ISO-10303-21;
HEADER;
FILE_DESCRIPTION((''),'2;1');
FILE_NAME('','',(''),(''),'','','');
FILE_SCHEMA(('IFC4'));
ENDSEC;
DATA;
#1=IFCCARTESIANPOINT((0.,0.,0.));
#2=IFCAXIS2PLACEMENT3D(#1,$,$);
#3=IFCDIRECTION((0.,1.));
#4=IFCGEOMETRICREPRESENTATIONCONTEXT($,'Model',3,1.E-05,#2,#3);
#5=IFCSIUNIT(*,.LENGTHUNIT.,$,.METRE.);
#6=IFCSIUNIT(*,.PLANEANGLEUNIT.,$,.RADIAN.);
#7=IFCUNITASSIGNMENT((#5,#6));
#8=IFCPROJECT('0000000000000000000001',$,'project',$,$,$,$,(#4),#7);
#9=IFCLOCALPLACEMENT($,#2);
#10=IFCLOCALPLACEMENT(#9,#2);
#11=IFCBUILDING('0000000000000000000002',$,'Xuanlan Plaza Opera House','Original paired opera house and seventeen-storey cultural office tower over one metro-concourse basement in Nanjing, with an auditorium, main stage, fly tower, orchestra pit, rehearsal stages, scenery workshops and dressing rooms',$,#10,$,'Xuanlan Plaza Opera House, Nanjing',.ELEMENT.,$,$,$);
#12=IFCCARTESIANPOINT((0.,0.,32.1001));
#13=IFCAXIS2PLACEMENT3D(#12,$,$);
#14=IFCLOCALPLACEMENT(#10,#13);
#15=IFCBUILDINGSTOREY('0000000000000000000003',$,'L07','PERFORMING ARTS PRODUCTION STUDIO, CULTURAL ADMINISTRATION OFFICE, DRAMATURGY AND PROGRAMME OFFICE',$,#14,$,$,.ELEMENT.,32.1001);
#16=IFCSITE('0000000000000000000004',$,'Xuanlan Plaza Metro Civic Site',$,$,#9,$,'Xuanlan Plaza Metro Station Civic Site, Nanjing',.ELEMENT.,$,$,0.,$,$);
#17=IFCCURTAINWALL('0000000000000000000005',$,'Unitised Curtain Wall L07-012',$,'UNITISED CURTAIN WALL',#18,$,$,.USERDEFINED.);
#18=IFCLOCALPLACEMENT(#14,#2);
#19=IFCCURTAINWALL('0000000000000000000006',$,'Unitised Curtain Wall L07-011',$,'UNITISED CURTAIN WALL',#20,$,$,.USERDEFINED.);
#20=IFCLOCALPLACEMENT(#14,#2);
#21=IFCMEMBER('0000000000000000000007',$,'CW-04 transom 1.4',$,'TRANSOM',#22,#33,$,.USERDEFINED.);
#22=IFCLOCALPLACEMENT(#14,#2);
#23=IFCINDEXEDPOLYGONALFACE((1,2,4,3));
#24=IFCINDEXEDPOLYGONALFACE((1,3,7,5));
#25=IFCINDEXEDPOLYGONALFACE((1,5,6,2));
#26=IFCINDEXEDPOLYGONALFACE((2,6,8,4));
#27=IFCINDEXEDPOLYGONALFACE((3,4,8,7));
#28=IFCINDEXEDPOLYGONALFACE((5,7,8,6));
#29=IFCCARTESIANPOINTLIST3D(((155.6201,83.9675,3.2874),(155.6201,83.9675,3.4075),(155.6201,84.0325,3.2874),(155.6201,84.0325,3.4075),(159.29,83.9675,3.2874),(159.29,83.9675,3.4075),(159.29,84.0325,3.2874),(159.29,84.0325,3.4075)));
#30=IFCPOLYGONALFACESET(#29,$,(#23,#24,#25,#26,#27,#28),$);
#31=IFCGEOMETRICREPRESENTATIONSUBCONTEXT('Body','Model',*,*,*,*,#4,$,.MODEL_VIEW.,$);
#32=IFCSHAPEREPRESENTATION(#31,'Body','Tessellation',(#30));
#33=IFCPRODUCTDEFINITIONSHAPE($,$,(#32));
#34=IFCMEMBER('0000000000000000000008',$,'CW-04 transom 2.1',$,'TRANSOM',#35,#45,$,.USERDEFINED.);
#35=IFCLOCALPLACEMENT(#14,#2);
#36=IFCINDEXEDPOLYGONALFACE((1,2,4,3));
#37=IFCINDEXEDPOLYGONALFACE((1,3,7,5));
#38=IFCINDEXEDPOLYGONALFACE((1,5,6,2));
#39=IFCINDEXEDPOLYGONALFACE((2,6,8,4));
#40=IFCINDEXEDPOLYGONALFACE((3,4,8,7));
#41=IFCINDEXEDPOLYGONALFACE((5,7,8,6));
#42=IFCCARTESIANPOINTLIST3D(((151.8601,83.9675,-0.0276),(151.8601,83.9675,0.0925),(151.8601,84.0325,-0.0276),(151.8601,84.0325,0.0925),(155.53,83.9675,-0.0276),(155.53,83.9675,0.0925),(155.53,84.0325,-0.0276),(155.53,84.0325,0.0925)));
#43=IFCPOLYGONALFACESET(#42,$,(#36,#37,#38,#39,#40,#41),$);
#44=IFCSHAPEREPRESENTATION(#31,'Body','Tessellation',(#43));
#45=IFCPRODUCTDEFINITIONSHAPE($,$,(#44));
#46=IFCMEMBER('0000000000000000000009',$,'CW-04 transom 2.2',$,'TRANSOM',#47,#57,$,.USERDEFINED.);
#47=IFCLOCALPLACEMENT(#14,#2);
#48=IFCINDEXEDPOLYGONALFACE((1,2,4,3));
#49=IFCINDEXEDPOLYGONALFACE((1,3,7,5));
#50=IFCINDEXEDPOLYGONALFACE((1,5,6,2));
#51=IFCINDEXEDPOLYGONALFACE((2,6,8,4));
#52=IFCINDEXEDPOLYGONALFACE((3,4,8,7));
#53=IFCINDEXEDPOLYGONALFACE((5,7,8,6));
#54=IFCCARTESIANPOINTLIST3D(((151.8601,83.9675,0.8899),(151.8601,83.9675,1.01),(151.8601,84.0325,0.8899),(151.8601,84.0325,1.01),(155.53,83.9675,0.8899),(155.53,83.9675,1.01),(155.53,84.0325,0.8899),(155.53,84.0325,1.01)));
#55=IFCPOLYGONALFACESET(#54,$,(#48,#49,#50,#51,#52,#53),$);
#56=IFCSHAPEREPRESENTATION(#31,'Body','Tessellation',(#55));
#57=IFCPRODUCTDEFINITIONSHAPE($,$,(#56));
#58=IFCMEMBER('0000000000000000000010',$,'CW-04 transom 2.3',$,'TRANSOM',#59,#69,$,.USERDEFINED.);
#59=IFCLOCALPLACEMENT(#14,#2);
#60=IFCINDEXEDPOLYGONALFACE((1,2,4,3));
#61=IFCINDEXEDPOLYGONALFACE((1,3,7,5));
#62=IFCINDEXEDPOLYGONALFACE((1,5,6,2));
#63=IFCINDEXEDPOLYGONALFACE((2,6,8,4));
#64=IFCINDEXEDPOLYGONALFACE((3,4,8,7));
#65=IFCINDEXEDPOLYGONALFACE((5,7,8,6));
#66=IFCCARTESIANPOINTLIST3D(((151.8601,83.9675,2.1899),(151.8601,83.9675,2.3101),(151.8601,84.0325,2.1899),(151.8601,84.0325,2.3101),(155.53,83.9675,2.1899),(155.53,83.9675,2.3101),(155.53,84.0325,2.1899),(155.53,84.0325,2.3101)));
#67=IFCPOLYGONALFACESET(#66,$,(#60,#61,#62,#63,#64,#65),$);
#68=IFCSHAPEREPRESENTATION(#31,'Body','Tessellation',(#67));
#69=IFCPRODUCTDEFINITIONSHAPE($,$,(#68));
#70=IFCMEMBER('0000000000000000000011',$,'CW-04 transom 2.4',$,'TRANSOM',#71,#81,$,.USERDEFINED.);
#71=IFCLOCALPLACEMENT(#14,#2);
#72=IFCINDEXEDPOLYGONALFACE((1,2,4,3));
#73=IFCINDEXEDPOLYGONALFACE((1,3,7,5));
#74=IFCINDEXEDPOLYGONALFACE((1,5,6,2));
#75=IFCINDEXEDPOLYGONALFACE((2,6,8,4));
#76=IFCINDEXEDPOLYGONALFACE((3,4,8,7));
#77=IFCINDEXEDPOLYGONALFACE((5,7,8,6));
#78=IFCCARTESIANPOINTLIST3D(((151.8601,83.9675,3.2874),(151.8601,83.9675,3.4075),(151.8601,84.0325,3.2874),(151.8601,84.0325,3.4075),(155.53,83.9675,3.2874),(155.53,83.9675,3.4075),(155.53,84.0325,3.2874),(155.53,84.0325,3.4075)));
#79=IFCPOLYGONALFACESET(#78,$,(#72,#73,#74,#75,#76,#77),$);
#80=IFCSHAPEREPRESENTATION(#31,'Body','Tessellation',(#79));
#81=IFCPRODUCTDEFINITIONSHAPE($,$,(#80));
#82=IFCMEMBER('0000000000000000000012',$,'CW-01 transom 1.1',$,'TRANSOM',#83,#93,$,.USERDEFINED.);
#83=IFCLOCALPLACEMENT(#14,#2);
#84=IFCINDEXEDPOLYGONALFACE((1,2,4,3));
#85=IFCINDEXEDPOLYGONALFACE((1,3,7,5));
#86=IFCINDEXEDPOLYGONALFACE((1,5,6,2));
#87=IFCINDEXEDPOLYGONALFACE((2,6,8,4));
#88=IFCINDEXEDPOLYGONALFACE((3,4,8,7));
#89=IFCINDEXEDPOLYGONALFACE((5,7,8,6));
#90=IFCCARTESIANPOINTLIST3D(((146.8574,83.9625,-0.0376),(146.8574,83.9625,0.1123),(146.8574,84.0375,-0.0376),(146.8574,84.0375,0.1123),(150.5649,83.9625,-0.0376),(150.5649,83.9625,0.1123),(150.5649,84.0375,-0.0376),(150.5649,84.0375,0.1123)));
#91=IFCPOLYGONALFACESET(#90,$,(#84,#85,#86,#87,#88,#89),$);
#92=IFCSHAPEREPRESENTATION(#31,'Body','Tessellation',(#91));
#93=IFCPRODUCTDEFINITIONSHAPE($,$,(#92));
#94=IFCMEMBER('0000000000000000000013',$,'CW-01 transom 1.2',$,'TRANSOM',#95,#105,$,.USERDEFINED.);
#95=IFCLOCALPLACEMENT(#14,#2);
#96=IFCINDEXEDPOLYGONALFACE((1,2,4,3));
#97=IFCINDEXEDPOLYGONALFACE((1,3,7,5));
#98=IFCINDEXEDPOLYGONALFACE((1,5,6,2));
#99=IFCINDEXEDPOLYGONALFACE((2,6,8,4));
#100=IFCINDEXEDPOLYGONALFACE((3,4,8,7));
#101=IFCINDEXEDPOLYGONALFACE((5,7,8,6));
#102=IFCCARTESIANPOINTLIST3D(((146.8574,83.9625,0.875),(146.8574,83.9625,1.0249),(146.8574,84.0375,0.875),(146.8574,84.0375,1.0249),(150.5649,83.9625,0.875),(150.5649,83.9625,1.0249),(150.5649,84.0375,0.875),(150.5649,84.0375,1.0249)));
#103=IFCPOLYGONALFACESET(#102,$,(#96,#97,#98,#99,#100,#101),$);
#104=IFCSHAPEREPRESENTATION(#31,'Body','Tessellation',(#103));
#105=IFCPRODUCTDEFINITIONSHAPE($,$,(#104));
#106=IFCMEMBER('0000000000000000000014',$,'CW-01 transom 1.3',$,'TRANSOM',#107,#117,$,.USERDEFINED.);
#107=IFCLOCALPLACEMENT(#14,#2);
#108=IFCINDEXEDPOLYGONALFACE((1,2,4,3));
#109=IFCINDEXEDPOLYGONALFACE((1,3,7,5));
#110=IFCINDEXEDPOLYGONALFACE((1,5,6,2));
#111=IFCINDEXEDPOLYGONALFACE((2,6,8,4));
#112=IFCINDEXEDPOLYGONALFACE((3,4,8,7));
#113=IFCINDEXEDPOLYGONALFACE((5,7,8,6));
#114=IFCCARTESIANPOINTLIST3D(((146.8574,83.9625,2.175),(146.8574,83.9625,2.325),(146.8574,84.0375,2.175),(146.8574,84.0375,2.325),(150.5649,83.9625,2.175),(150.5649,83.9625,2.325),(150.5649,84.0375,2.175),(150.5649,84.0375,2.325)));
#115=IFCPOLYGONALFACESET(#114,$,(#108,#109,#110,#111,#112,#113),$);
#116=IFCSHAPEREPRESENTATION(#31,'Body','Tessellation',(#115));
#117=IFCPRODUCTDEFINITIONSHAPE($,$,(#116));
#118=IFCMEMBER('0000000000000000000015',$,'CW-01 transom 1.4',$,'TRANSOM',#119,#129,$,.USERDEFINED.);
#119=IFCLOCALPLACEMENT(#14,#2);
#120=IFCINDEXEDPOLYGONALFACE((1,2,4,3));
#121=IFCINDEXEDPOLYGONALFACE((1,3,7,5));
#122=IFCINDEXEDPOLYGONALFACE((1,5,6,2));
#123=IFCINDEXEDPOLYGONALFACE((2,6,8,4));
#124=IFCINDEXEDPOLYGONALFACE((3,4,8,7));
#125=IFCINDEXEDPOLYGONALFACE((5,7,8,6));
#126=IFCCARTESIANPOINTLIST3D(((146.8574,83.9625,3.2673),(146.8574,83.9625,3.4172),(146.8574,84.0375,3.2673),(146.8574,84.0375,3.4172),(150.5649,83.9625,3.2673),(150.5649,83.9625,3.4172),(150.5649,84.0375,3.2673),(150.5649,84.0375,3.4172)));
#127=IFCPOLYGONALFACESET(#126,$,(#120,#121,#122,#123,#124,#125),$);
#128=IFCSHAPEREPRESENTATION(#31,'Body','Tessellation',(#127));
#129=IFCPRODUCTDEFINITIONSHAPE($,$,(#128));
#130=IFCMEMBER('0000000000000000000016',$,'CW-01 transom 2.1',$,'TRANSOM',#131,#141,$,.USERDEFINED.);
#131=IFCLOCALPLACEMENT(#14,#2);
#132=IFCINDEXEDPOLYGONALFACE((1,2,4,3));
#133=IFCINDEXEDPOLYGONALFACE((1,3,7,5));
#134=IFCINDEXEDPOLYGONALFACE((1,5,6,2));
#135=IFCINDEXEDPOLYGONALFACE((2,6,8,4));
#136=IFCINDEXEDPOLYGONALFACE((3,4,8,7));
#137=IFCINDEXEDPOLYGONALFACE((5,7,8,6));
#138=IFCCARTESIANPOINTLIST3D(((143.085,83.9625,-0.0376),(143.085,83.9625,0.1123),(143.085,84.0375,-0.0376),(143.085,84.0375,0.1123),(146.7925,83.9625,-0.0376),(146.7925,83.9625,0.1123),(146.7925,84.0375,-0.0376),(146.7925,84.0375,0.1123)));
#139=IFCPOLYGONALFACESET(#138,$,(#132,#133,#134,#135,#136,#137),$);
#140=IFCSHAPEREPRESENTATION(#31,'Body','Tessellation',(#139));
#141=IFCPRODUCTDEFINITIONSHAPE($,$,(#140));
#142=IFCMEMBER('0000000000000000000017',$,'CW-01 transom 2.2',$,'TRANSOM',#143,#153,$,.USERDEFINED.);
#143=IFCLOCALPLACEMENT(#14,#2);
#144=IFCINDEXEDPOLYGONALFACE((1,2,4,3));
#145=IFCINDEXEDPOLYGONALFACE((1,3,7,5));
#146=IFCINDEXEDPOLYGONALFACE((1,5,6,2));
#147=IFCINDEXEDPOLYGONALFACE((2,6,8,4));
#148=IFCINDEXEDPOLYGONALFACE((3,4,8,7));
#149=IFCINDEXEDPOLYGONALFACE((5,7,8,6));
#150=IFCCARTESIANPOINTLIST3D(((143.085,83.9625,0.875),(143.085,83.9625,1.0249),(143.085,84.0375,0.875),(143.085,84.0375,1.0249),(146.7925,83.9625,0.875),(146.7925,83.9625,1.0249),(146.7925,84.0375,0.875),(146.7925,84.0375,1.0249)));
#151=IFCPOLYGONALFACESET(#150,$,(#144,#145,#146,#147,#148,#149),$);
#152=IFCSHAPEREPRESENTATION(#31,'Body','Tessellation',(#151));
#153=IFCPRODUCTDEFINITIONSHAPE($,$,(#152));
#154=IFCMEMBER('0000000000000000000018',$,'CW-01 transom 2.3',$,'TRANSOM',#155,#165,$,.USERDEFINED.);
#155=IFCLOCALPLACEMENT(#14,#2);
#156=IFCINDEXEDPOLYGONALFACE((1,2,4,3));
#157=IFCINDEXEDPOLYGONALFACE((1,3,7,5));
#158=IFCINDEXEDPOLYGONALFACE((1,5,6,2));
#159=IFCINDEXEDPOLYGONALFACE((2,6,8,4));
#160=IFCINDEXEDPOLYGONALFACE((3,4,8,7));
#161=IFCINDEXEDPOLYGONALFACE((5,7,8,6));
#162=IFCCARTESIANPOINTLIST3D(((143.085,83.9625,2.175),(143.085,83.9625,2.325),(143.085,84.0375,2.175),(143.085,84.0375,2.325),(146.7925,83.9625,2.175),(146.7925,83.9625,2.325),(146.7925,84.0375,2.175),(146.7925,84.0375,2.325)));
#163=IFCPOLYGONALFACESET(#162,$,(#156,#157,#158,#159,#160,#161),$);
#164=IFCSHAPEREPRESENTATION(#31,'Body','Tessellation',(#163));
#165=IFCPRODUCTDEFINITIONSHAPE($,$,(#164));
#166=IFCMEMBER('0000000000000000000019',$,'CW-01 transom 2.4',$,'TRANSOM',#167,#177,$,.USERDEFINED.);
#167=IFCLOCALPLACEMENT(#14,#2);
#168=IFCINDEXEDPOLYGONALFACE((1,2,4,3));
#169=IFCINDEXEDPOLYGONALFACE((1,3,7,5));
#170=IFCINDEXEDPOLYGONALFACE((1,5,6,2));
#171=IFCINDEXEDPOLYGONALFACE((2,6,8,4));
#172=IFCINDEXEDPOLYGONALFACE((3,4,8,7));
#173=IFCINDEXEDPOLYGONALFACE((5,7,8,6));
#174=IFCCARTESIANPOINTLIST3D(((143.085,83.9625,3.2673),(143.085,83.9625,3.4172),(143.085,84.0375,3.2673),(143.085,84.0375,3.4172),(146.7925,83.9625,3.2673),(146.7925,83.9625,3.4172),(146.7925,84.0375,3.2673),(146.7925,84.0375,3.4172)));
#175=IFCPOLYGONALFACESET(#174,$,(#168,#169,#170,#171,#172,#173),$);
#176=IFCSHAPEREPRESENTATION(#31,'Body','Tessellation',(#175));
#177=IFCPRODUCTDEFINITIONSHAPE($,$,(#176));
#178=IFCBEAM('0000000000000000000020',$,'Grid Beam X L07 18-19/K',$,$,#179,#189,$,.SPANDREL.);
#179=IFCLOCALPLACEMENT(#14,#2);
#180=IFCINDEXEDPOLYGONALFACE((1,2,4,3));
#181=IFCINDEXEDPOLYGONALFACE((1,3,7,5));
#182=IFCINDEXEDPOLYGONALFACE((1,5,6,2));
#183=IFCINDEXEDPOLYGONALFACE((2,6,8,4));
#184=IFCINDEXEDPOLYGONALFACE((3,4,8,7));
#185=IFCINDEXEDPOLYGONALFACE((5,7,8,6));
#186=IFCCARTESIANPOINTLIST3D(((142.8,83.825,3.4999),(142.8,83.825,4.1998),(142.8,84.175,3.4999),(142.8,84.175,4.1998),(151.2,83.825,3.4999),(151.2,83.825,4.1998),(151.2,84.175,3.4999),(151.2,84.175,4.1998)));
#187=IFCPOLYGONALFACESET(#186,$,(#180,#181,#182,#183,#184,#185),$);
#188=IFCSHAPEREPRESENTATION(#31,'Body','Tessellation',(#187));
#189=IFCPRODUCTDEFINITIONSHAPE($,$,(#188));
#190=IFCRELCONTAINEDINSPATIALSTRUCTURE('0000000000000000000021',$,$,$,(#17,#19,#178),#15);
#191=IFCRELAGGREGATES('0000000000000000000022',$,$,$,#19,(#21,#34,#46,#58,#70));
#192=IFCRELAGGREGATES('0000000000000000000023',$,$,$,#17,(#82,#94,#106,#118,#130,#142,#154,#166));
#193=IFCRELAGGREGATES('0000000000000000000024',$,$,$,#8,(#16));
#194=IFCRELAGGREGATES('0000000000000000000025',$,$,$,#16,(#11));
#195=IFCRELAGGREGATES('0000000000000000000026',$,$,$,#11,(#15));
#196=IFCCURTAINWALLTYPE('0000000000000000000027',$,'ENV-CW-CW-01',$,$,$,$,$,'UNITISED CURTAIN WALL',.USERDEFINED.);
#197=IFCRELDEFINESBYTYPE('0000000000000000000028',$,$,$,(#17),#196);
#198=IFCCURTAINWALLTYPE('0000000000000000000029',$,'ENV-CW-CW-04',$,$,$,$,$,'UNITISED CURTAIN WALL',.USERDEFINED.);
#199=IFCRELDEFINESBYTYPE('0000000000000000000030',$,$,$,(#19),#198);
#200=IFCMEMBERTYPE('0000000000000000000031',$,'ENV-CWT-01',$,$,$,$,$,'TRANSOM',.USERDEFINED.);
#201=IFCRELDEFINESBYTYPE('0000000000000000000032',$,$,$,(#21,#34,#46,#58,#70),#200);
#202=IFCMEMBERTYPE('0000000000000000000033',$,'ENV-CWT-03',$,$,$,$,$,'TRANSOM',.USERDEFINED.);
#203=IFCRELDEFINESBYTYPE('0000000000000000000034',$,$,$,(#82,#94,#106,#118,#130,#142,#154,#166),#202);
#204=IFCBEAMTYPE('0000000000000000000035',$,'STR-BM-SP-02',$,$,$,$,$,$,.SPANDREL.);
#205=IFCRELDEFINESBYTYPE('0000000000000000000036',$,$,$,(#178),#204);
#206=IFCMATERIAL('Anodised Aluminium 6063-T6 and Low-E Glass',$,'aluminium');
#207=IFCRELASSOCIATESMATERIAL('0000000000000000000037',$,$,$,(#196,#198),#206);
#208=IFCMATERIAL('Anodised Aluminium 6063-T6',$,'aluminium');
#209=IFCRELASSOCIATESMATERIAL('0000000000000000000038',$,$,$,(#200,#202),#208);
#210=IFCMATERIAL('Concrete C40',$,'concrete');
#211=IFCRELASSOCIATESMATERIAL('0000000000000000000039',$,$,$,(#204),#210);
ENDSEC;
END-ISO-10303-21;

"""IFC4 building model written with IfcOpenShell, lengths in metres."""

from ifc_helpers import new_model, si_unit, direction, frame, origin, origin_2d, place, context, subcontext, project, spatial, rectangle, extrude, material, material_profile, profile_set, type_object, element, aggregate, save


model = new_model("IFC4")

# Units and contexts
model_context = context("Model", 3, precision=1e-05, world=origin(), true_north=direction((0.0, 1.0)))
body_context = subcontext(model_context, "Body", "Model", "MODEL_VIEW")
ifc_project = project(units=[si_unit("LENGTHUNIT", "METRE"), si_unit("PLANEANGLEUNIT", "RADIAN")], contexts=[model_context])

# Site, building, storey
site_placement = place(None, origin())
site = spatial("IfcSite", under=ifc_project, at=site_placement, Name="Xuanlan Plaza Metro Civic Site", LongName="Xuanlan Plaza Metro Station Civic Site, Nanjing", CompositionType="ELEMENT", RefElevation=0.0)
building_placement = place(site_placement, origin())
building = spatial("IfcBuilding", under=site, at=building_placement, Name="Xuanlan Plaza Opera House", Description="Original paired opera house and seventeen-storey cultural office tower over one metro-concourse basement in Nanjing, with an auditorium, main stage, fly tower, orchestra pit, rehearsal stages, scenery workshops and dressing rooms", LongName="Xuanlan Plaza Opera House, Nanjing", CompositionType="ELEMENT")
storey_placement = place(building_placement, frame((0.0, 0.0, 32.1001)))
storey = spatial("IfcBuildingStorey", under=building, at=storey_placement, Name="L07", Description="PERFORMING ARTS PRODUCTION STUDIO, CULTURAL ADMINISTRATION OFFICE, DRAMATURGY AND PROGRAMME OFFICE", CompositionType="ELEMENT", Elevation=32.1001)

# Curtain wall
ifc_material_1 = material(Name="Anodised Aluminium 6063-T6 and Low-E Glass", Category="aluminium")
curtain_wall_type_1 = type_object("IfcCurtainWallType", Name="ENV-CW-CW-01", ElementType="UNITISED CURTAIN WALL", PredefinedType="USERDEFINED", material=ifc_material_1)
curtain_wall_1_placement = place(storey_placement, origin())
curtain_wall_1 = element("IfcCurtainWall", 1, at=curtain_wall_1_placement, inside=storey, type_object=curtain_wall_type_1, Name="Unitised Curtain Wall L07-012", ObjectType="UNITISED CURTAIN WALL", PredefinedType="USERDEFINED")
ifc_material_2 = material(Name="Anodised Aluminium 6063-T6", Category="aluminium")

# Curtain wall, members
curtain_wall_type_2 = type_object("IfcCurtainWallType", Name="ENV-CW-CW-04", ElementType="UNITISED CURTAIN WALL", PredefinedType="USERDEFINED", material=ifc_material_1)
curtain_wall_2_placement = place(storey_placement, origin())
curtain_wall_2 = element("IfcCurtainWall", 2, at=curtain_wall_2_placement, inside=storey, type_object=curtain_wall_type_2, Name="Unitised Curtain Wall L07-011", ObjectType="UNITISED CURTAIN WALL", PredefinedType="USERDEFINED")
ifc_material_profile_1 = material_profile(ifc_material_2, rectangle(XDim=0.0649, YDim=0.1201, at=origin_2d()), Name="ALU-T 65x120")
ifc_profile_set_1 = profile_set([ifc_material_profile_1], Name="Anodised Aluminium 6063-T6")
member_type_1 = type_object("IfcMemberType", Name="ENV-CWT-01", ElementType="TRANSOM", PredefinedType="USERDEFINED", material=ifc_profile_set_1)
member_1_placement = place(storey_placement, frame((159.29, 84.0, 3.3474), z_axis=(-1.0, 0.0, 0.0), x_axis=(0.0, -1.0, 0.0)))
member_1 = element("IfcMember", 3, at=member_1_placement, type_object=member_type_1, Name="CW-04 transom 1.4", ObjectType="TRANSOM", PredefinedType="USERDEFINED", context=body_context, shape_type="SweptSolid", body=[
    extrude(rectangle(XDim=0.0649, YDim=0.1201, at=origin_2d()), origin(), (0.0, 0.0, 1.0), 3.6699),
])
member_2_placement = place(storey_placement, frame((155.53, 84.0, 0.0325), z_axis=(-1.0, 0.0, 0.0), x_axis=(0.0, -1.0, 0.0)))
member_2 = element("IfcMember", 4, at=member_2_placement, type_object=member_type_1, Name="CW-04 transom 2.1", ObjectType="TRANSOM", PredefinedType="USERDEFINED", context=body_context, shape_type="SweptSolid", body=[
    extrude(rectangle(XDim=0.0649, YDim=0.1201, at=origin_2d()), origin(), (0.0, 0.0, 1.0), 3.6699),
])
member_3_placement = place(storey_placement, frame((155.53, 84.0, 0.95), z_axis=(-1.0, 0.0, 0.0), x_axis=(0.0, -1.0, 0.0)))
member_3 = element("IfcMember", 5, at=member_3_placement, type_object=member_type_1, Name="CW-04 transom 2.2", ObjectType="TRANSOM", PredefinedType="USERDEFINED", context=body_context, shape_type="SweptSolid", body=[
    extrude(rectangle(XDim=0.0649, YDim=0.1201, at=origin_2d()), origin(), (0.0, 0.0, 1.0), 3.6699),
])
member_4_placement = place(storey_placement, frame((155.53, 84.0, 2.25), z_axis=(-1.0, 0.0, 0.0), x_axis=(0.0, -1.0, 0.0)))
member_4 = element("IfcMember", 6, at=member_4_placement, type_object=member_type_1, Name="CW-04 transom 2.3", ObjectType="TRANSOM", PredefinedType="USERDEFINED", context=body_context, shape_type="SweptSolid", body=[
    extrude(rectangle(XDim=0.0649, YDim=0.1201, at=origin_2d()), origin(), (0.0, 0.0, 1.0), 3.6699),
])
member_5_placement = place(storey_placement, frame((155.53, 84.0, 3.3474), z_axis=(-1.0, 0.0, 0.0), x_axis=(0.0, -1.0, 0.0)))
member_5 = element("IfcMember", 7, at=member_5_placement, type_object=member_type_1, Name="CW-04 transom 2.4", ObjectType="TRANSOM", PredefinedType="USERDEFINED", context=body_context, shape_type="SweptSolid", body=[
    extrude(rectangle(XDim=0.0649, YDim=0.1201, at=origin_2d()), origin(), (0.0, 0.0, 1.0), 3.6699),
])

# Members
ifc_material_profile_2 = material_profile(ifc_material_2, rectangle(XDim=0.075, YDim=0.1499, at=origin_2d()), Name="ALU-T 75x150")
ifc_profile_set_2 = profile_set([ifc_material_profile_2], Name="Anodised Aluminium 6063-T6")
member_type_2 = type_object("IfcMemberType", Name="ENV-CWT-03", ElementType="TRANSOM", PredefinedType="USERDEFINED", material=ifc_profile_set_2)
member_6_placement = place(storey_placement, frame((150.5649, 84.0, 0.0374), z_axis=(-1.0, 0.0, 0.0), x_axis=(0.0, -1.0, 0.0)))
member_6 = element("IfcMember", 8, at=member_6_placement, type_object=member_type_2, Name="CW-01 transom 1.1", ObjectType="TRANSOM", PredefinedType="USERDEFINED", context=body_context, shape_type="SweptSolid", body=[
    extrude(rectangle(XDim=0.075, YDim=0.1499, at=origin_2d()), origin(), (0.0, 0.0, 1.0), 3.7075),
])
member_7_placement = place(storey_placement, frame((150.5649, 84.0, 0.95), z_axis=(-1.0, 0.0, 0.0), x_axis=(0.0, -1.0, 0.0)))
member_7 = element("IfcMember", 9, at=member_7_placement, type_object=member_type_2, Name="CW-01 transom 1.2", ObjectType="TRANSOM", PredefinedType="USERDEFINED", context=body_context, shape_type="SweptSolid", body=[
    extrude(rectangle(XDim=0.075, YDim=0.1499, at=origin_2d()), origin(), (0.0, 0.0, 1.0), 3.7075),
])
member_8_placement = place(storey_placement, frame((150.5649, 84.0, 2.25), z_axis=(-1.0, 0.0, 0.0), x_axis=(0.0, -1.0, 0.0)))
member_8 = element("IfcMember", 10, at=member_8_placement, type_object=member_type_2, Name="CW-01 transom 1.3", ObjectType="TRANSOM", PredefinedType="USERDEFINED", context=body_context, shape_type="SweptSolid", body=[
    extrude(rectangle(XDim=0.075, YDim=0.1499, at=origin_2d()), origin(), (0.0, 0.0, 1.0), 3.7075),
])
member_9_placement = place(storey_placement, frame((150.5649, 84.0, 3.3423), z_axis=(-1.0, 0.0, 0.0), x_axis=(0.0, -1.0, 0.0)))
member_9 = element("IfcMember", 11, at=member_9_placement, type_object=member_type_2, Name="CW-01 transom 1.4", ObjectType="TRANSOM", PredefinedType="USERDEFINED", context=body_context, shape_type="SweptSolid", body=[
    extrude(rectangle(XDim=0.075, YDim=0.1499, at=origin_2d()), origin(), (0.0, 0.0, 1.0), 3.7075),
])
member_10_placement = place(storey_placement, frame((146.7925, 84.0, 0.0374), z_axis=(-1.0, 0.0, 0.0), x_axis=(0.0, -1.0, 0.0)))
member_10 = element("IfcMember", 12, at=member_10_placement, type_object=member_type_2, Name="CW-01 transom 2.1", ObjectType="TRANSOM", PredefinedType="USERDEFINED", context=body_context, shape_type="SweptSolid", body=[
    extrude(rectangle(XDim=0.075, YDim=0.1499, at=origin_2d()), origin(), (0.0, 0.0, 1.0), 3.7075),
])
member_11_placement = place(storey_placement, frame((146.7925, 84.0, 0.95), z_axis=(-1.0, 0.0, 0.0), x_axis=(0.0, -1.0, 0.0)))
member_11 = element("IfcMember", 13, at=member_11_placement, type_object=member_type_2, Name="CW-01 transom 2.2", ObjectType="TRANSOM", PredefinedType="USERDEFINED", context=body_context, shape_type="SweptSolid", body=[
    extrude(rectangle(XDim=0.075, YDim=0.1499, at=origin_2d()), origin(), (0.0, 0.0, 1.0), 3.7075),
])
member_12_placement = place(storey_placement, frame((146.7925, 84.0, 2.25), z_axis=(-1.0, 0.0, 0.0), x_axis=(0.0, -1.0, 0.0)))
member_12 = element("IfcMember", 14, at=member_12_placement, type_object=member_type_2, Name="CW-01 transom 2.3", ObjectType="TRANSOM", PredefinedType="USERDEFINED", context=body_context, shape_type="SweptSolid", body=[
    extrude(rectangle(XDim=0.075, YDim=0.1499, at=origin_2d()), origin(), (0.0, 0.0, 1.0), 3.7075),
])
member_13_placement = place(storey_placement, frame((146.7925, 84.0, 3.3423), z_axis=(-1.0, 0.0, 0.0), x_axis=(0.0, -1.0, 0.0)))
member_13 = element("IfcMember", 15, at=member_13_placement, type_object=member_type_2, Name="CW-01 transom 2.4", ObjectType="TRANSOM", PredefinedType="USERDEFINED", context=body_context, shape_type="SweptSolid", body=[
    extrude(rectangle(XDim=0.075, YDim=0.1499, at=origin_2d()), origin(), (0.0, 0.0, 1.0), 3.7075),
])

# Beam
ifc_material_3 = material(Name="Concrete C40", Category="concrete")
ifc_material_profile_3 = material_profile(ifc_material_3, rectangle(XDim=0.3501, YDim=0.7, at=origin_2d()), Name="RC-SPD 350x700")
ifc_profile_set_3 = profile_set([ifc_material_profile_3], Name="Concrete C40")
beam_type = type_object("IfcBeamType", Name="STR-BM-SP-02", PredefinedType="SPANDREL", material=ifc_profile_set_3)
beam_1_placement = place(storey_placement, frame((142.8, 84.0, 3.8499), z_axis=(1.0, 0.0, 0.0), x_axis=(0.0, 1.0, 0.0)))
element("IfcBeam", 16, at=beam_1_placement, inside=storey, type_object=beam_type, Name="Grid Beam X L07 18-19/K", PredefinedType="SPANDREL", context=body_context, shape_type="SweptSolid", body=[
    extrude(rectangle(XDim=0.3501, YDim=0.7, at=origin_2d()), origin(), (0.0, 0.0, 1.0), 8.3999),
])

aggregate(curtain_wall_2, [member_1, member_2, member_3, member_4, member_5])
aggregate(curtain_wall_1, [member_6, member_7, member_8, member_9, member_10, member_11, member_12, member_13])

save(model, "model.ifc")
